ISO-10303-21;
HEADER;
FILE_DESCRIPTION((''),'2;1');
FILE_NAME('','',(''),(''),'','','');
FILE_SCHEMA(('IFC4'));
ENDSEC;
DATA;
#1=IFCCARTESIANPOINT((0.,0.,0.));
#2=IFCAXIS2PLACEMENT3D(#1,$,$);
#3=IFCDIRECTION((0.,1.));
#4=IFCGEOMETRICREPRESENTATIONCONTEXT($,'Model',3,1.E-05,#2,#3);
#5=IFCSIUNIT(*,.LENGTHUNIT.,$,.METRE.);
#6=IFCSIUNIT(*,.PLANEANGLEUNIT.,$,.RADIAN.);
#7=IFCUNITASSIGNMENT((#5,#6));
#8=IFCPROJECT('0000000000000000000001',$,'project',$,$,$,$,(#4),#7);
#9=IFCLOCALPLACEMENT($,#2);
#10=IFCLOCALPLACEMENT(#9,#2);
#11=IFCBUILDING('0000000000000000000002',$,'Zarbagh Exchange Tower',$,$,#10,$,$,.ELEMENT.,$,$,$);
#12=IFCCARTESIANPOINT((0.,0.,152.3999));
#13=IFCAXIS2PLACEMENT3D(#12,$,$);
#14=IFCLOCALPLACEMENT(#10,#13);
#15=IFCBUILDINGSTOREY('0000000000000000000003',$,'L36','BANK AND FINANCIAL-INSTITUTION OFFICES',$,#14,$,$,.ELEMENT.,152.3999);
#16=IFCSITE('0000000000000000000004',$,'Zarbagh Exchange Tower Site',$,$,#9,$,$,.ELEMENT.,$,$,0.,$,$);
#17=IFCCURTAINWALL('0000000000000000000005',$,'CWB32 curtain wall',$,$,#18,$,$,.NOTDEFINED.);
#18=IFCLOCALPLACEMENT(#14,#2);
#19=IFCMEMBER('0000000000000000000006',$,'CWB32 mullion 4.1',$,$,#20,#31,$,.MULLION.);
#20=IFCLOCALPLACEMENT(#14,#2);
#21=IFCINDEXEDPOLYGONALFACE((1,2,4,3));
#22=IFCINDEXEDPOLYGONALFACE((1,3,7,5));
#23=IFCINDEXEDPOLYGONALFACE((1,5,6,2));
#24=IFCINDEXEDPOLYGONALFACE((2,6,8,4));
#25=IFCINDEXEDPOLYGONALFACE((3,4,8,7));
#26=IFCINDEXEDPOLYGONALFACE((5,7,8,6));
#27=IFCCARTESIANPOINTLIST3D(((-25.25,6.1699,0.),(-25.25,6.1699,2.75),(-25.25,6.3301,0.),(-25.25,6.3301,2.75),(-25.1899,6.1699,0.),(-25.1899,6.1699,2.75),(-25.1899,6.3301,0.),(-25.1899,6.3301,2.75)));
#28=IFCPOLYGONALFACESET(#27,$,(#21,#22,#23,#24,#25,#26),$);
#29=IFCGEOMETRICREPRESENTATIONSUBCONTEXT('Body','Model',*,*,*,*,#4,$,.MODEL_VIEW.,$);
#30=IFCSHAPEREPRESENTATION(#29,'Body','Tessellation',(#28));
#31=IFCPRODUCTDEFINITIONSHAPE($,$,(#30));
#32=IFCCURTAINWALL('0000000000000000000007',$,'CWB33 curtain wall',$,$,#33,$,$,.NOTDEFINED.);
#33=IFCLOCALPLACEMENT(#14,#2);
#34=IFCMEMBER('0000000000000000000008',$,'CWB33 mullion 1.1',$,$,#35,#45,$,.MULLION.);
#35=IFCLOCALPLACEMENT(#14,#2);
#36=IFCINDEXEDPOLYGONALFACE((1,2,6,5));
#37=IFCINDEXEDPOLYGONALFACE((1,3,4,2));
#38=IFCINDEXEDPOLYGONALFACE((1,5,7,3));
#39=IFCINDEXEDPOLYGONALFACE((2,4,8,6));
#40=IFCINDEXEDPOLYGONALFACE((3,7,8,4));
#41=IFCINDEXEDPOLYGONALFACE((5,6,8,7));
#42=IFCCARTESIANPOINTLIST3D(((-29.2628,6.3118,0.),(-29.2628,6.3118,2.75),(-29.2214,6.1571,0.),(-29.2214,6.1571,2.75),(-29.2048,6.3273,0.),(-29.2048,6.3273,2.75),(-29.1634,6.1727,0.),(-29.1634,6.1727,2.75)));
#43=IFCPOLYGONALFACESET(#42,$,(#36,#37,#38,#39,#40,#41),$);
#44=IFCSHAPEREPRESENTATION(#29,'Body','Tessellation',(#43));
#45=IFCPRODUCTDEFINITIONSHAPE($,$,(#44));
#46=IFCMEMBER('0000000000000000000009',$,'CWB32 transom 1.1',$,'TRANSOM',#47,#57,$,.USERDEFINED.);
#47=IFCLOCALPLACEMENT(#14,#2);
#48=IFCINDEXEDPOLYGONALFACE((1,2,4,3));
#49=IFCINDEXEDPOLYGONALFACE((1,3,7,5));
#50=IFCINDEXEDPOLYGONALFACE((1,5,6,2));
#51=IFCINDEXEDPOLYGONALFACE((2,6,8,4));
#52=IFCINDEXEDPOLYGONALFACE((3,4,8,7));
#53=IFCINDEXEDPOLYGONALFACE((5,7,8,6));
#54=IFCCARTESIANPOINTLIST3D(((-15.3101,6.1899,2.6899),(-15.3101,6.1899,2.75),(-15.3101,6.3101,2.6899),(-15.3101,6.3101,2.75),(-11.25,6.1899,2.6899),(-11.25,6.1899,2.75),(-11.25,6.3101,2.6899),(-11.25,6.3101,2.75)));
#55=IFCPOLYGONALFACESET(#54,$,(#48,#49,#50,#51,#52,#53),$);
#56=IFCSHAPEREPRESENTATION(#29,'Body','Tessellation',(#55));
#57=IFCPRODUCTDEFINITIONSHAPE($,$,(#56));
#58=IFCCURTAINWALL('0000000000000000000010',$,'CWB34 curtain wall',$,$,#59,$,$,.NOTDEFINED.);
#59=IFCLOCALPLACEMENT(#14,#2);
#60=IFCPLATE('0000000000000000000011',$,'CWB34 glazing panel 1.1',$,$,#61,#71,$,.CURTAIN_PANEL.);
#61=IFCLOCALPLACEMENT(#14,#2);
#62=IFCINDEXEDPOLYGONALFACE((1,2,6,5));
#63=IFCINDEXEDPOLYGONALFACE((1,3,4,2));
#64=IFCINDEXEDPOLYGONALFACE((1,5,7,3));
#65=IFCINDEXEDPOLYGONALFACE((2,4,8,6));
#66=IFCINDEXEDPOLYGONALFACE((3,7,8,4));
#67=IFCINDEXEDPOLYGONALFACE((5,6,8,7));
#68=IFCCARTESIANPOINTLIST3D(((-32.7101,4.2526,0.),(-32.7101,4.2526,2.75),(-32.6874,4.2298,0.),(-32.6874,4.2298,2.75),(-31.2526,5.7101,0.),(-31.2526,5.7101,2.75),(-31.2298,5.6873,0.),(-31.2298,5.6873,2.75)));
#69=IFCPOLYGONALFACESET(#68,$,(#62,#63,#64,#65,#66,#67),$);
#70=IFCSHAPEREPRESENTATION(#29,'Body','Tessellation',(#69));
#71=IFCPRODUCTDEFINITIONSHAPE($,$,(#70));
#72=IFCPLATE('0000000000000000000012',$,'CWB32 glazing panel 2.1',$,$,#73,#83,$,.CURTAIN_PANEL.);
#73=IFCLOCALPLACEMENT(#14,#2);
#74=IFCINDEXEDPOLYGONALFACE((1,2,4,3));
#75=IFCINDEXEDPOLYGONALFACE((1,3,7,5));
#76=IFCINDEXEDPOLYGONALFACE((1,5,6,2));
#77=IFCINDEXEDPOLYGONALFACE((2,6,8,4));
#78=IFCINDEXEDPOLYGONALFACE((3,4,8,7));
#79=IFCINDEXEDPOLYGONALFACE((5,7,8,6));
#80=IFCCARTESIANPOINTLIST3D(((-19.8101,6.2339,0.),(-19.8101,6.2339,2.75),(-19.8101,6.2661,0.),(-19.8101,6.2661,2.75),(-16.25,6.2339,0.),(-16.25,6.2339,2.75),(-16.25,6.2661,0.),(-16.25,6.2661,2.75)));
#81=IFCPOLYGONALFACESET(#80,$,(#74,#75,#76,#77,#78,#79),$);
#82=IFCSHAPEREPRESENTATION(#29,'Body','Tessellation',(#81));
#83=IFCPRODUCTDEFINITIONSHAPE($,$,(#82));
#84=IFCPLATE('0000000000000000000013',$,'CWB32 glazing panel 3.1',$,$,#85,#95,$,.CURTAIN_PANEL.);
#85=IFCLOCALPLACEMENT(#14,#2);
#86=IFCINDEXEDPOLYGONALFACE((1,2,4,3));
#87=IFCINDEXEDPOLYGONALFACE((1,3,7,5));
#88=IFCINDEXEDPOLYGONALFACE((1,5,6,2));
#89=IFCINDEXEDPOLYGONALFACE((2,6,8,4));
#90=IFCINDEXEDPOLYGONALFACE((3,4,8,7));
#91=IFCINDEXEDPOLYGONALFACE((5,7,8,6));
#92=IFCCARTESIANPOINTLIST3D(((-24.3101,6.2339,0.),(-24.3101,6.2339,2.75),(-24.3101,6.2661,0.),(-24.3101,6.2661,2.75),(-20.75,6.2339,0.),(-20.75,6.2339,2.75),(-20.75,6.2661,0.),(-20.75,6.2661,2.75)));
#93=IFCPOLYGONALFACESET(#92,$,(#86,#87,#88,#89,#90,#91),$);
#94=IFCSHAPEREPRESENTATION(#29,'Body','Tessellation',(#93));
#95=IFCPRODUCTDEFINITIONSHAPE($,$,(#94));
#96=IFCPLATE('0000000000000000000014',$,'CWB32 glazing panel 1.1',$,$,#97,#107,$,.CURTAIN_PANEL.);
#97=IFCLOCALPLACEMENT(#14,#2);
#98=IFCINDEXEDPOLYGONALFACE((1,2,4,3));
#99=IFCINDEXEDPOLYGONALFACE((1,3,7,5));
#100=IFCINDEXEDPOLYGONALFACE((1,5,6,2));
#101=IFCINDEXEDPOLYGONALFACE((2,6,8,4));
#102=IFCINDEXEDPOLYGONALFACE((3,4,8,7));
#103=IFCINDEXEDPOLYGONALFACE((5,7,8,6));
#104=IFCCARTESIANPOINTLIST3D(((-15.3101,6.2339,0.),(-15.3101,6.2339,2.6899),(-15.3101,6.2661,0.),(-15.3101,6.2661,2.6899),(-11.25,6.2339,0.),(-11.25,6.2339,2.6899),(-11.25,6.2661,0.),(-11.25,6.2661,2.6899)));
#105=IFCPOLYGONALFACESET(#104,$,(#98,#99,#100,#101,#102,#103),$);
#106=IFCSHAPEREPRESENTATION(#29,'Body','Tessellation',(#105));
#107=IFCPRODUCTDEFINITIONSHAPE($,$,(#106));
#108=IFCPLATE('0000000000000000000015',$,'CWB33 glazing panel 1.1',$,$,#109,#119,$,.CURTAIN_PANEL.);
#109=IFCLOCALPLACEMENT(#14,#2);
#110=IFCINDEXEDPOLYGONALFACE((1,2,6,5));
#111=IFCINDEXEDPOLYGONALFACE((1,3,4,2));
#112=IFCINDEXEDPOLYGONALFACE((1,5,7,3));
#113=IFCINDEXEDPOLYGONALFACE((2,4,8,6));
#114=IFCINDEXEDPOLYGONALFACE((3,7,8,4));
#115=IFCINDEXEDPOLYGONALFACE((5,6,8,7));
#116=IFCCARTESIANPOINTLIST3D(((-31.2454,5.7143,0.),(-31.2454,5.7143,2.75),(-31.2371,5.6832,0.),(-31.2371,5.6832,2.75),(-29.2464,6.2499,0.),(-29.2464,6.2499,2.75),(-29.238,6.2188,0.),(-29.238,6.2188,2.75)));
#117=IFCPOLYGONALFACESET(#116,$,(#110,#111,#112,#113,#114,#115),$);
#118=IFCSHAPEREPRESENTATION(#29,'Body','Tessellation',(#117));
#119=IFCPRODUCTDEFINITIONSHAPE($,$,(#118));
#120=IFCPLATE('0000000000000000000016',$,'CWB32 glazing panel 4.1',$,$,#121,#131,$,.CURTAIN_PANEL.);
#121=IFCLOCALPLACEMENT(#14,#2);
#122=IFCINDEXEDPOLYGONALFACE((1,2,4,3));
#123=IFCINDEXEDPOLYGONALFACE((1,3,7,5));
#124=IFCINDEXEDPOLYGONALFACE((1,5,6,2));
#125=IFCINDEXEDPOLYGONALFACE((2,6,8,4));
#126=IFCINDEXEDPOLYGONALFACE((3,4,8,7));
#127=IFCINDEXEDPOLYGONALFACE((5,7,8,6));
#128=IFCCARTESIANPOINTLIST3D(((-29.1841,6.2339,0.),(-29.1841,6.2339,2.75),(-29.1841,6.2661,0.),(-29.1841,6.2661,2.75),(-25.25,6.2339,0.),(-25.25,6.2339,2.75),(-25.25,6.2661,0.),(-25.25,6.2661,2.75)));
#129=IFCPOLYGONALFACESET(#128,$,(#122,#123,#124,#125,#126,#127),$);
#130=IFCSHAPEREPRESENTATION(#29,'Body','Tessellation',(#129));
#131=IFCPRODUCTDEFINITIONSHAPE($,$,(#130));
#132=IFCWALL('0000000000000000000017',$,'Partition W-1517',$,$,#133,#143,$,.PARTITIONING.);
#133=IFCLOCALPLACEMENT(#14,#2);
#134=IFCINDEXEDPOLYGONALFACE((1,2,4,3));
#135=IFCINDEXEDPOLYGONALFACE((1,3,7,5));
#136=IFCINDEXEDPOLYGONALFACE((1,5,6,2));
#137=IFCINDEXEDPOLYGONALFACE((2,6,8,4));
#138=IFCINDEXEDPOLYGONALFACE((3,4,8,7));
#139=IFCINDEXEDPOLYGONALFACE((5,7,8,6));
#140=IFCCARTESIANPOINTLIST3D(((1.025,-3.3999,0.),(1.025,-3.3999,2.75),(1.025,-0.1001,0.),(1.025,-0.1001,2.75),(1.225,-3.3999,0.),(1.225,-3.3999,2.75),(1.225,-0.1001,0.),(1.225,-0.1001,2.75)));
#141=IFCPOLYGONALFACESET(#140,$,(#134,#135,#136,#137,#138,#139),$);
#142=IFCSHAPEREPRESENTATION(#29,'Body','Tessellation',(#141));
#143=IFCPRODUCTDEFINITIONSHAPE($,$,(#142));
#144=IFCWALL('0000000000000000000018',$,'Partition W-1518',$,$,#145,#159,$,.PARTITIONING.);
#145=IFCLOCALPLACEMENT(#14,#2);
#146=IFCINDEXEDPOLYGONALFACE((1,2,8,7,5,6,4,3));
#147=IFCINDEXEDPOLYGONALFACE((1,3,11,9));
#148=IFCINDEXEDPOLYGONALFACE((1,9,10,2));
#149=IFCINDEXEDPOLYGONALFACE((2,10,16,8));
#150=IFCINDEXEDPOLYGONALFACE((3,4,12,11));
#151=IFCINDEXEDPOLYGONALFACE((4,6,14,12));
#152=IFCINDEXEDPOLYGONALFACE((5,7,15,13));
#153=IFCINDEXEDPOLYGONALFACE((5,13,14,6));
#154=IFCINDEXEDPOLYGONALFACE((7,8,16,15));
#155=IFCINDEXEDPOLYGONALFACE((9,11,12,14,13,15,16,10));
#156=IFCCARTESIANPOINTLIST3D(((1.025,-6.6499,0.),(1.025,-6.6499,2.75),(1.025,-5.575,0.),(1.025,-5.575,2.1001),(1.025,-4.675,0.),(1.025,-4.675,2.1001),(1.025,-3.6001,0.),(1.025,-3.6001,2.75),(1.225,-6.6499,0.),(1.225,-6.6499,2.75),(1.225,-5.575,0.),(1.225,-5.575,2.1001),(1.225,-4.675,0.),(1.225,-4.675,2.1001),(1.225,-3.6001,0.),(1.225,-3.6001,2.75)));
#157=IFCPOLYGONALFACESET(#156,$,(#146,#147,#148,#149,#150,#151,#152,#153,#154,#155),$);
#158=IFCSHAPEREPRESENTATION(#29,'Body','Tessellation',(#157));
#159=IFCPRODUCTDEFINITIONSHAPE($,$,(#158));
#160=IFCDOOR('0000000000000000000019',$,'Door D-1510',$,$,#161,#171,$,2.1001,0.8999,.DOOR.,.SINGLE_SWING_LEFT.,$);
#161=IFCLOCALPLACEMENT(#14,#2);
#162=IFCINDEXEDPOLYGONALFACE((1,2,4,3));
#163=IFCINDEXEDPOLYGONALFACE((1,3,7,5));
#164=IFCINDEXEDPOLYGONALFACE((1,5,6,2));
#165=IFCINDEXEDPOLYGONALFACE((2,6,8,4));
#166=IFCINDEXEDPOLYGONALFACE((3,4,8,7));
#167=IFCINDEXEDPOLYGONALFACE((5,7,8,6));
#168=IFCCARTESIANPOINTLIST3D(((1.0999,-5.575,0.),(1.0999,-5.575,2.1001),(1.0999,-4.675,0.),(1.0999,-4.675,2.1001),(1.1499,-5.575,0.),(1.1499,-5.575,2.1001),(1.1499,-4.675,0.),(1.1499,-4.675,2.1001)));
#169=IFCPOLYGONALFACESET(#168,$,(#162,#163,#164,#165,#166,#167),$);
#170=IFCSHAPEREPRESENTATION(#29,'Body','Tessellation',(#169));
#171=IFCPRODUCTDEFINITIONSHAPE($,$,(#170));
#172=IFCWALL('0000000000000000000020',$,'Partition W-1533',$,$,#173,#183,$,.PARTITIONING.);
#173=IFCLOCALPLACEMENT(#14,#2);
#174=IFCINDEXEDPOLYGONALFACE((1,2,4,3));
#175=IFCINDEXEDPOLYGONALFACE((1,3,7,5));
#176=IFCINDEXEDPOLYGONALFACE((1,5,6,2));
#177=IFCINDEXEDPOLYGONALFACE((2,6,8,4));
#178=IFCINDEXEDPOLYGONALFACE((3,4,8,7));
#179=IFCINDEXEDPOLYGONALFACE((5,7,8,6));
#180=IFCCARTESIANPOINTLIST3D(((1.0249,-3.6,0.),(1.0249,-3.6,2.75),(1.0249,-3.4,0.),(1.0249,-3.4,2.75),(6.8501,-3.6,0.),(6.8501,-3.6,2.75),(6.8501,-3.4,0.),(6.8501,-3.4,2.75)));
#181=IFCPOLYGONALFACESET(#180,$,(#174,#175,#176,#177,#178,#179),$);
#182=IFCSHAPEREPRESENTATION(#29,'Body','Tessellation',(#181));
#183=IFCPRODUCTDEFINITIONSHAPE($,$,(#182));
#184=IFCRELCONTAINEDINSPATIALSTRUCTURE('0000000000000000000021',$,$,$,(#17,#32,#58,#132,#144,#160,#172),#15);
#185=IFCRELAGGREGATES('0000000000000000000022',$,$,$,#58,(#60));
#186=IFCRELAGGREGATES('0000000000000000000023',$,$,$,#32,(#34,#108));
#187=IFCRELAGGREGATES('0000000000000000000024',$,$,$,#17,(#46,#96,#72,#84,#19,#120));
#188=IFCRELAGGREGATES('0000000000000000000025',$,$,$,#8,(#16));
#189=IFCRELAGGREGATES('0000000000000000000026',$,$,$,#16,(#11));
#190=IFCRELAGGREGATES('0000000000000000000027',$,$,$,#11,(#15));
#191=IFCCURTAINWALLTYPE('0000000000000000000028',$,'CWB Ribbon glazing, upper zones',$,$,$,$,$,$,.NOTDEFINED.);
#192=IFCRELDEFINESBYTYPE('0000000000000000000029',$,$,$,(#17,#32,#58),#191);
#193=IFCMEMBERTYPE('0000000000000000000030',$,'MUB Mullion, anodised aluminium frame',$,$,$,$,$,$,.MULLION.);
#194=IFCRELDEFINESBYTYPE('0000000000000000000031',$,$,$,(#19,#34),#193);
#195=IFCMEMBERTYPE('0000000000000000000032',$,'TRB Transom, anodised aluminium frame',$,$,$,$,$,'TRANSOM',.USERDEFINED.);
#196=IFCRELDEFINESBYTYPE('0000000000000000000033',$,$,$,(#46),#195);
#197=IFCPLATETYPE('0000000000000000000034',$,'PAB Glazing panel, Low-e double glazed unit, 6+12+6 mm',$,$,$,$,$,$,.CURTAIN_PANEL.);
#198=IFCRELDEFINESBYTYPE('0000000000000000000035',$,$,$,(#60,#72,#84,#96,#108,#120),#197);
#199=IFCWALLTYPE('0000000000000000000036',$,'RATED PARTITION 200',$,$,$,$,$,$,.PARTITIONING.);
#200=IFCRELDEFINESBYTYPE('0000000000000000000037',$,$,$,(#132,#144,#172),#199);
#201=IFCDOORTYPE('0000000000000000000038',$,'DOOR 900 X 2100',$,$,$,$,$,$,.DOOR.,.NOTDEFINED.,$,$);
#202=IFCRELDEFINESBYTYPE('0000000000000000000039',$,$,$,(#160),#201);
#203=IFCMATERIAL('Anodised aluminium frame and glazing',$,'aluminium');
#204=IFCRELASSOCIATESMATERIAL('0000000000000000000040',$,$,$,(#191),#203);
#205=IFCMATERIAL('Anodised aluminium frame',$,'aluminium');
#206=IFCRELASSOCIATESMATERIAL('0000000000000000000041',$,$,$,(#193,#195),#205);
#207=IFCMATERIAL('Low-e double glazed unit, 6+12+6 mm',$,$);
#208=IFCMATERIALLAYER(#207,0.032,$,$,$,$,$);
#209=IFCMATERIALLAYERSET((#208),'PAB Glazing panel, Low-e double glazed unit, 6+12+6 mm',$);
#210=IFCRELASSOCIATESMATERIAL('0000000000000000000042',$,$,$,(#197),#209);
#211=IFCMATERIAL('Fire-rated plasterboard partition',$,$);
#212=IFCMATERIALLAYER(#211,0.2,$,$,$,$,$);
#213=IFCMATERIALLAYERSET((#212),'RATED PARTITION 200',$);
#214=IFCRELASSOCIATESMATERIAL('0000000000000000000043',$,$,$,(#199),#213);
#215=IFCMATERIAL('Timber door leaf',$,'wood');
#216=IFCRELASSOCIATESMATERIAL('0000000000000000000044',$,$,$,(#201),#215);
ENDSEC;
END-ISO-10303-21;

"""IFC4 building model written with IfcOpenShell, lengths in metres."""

from ifc_helpers import new_model, si_unit, direction, frame, frame_2d, origin, place, context, subcontext, project, spatial, polyline, rectangle, outline, extrude, source, transform, mapped, material, layer, layer_set, type_object, element, fill, aggregate, save


model = new_model("IFC4")

# Units and contexts
model_context = context("Model", 3, precision=1e-05, world=origin(), true_north=direction((0.0, 1.0)))
body_context = subcontext(model_context, "Body", "Model", "MODEL_VIEW")
ifc_project = project(units=[si_unit("LENGTHUNIT", "METRE"), si_unit("PLANEANGLEUNIT", "RADIAN")], contexts=[model_context])

# Site, building, storey
site_placement = place(None, origin())
site = spatial("IfcSite", under=ifc_project, at=site_placement, Name="Zarbagh Exchange Tower Site", CompositionType="ELEMENT", RefElevation=0.0)
building_placement = place(site_placement, origin())
building = spatial("IfcBuilding", under=site, at=building_placement, Name="Zarbagh Exchange Tower", CompositionType="ELEMENT")
storey_placement = place(building_placement, frame((0.0, 0.0, 152.3999)))
storey = spatial("IfcBuildingStorey", under=building, at=storey_placement, Name="L36", Description="BANK AND FINANCIAL-INSTITUTION OFFICES", CompositionType="ELEMENT", Elevation=152.3999)

# Curtain wall, member
ifc_material_1 = material(Name="Anodised aluminium frame and glazing", Category="aluminium")
curtain_wall_type = type_object("IfcCurtainWallType", Name="CWB Ribbon glazing, upper zones", PredefinedType="NOTDEFINED", material=ifc_material_1)
curtain_wall_1_placement = place(storey_placement, origin())
curtain_wall_1 = element("IfcCurtainWall", 1, at=curtain_wall_1_placement, inside=storey, type_object=curtain_wall_type, Name="CWB32 curtain wall", PredefinedType="NOTDEFINED")
ifc_material_2 = material(Name="Anodised aluminium frame", Category="aluminium")
member_type_1 = type_object("IfcMemberType", Name="MUB Mullion, anodised aluminium frame", PredefinedType="MULLION", material=ifc_material_2)
shared_shape_1 = source(origin(), body_context, "Body", "SweptSolid", [
    extrude(outline(polyline([(0.0, -0.0801), (0.0601, -0.0801), (0.0601, 0.0801), (0.0, 0.0801), (0.0, -0.0801)])), origin(), (0.0, 0.0, 1.0), 2.75),
])
placement = place(storey_placement, origin())
member_1 = element("IfcMember", 2, at=placement, type_object=member_type_1, Name="CWB32 mullion 4.1", PredefinedType="MULLION", context=body_context, shape_type="MappedRepresentation", body=[
    mapped(shared_shape_1, transform((-25.1899, 6.25, 0.0), x_axis=(-1.0, 0.0, 0.0), y_axis=(0.0, -1.0, 0.0), z_axis=(0.0, 0.0, 1.0))),
])

# Curtain wall, member
curtain_wall_2_placement = place(storey_placement, origin())
curtain_wall_2 = element("IfcCurtainWall", 3, at=curtain_wall_2_placement, inside=storey, type_object=curtain_wall_type, Name="CWB33 curtain wall", PredefinedType="NOTDEFINED")
member_2 = element("IfcMember", 4, at=placement, type_object=member_type_1, Name="CWB33 mullion 1.1", PredefinedType="MULLION", context=body_context, shape_type="MappedRepresentation", body=[
    mapped(shared_shape_1, transform((-29.1841, 6.25, 0.0), x_axis=(-0.965924, -0.258825, 0.0), y_axis=(0.258825, -0.965924, 0.0), z_axis=(0.0, 0.0, 1.0))),
])

# Member
member_type_2 = type_object("IfcMemberType", Name="TRB Transom, anodised aluminium frame", ElementType="TRANSOM", PredefinedType="USERDEFINED", material=ifc_material_2)
shared_shape_2 = source(origin(), body_context, "Body", "SweptSolid", [
    extrude(outline(polyline([(-0.0601, -0.0601), (0.0, -0.0601), (0.0, 0.0601), (-0.0601, 0.0601), (-0.0601, -0.0601)])), origin(), (0.0, 0.0, 1.0), 4.0601),
])
member_3 = element("IfcMember", 5, at=placement, type_object=member_type_2, Name="CWB32 transom 1.1", ObjectType="TRANSOM", PredefinedType="USERDEFINED", context=body_context, shape_type="MappedRepresentation", body=[
    mapped(shared_shape_2, transform((-11.25, 6.25, 2.75), x_axis=(0.0, 0.0, 1.0), y_axis=(0.0, 1.0, 0.0), z_axis=(-1.0, 0.0, 0.0))),
])

# Curtain wall, plate
curtain_wall_3_placement = place(storey_placement, origin())
curtain_wall_3 = element("IfcCurtainWall", 6, at=curtain_wall_3_placement, inside=storey, type_object=curtain_wall_type, Name="CWB34 curtain wall", PredefinedType="NOTDEFINED")
ifc_material_3 = material(Name="Low-e double glazed unit, 6+12+6 mm")
ifc_layer_1 = layer(ifc_material_3, 0.032)
ifc_layer_set_1 = layer_set([ifc_layer_1], Name="PAB Glazing panel, Low-e double glazed unit, 6+12+6 mm")
plate_type = type_object("IfcPlateType", Name="PAB Glazing panel, Low-e double glazed unit, 6+12+6 mm", PredefinedType="CURTAIN_PANEL", material=ifc_layer_set_1)
shared_shape_3 = source(origin(), body_context, "Body", "SweptSolid", [
    extrude(outline(polyline([(0.0, -0.0161), (2.0613, -0.0161), (2.0613, 0.0161), (0.0, 0.0161), (0.0, -0.0161)])), origin(), (0.0, 0.0, 1.0), 2.75),
])
plate_1 = element("IfcPlate", 7, at=placement, type_object=plate_type, Name="CWB34 glazing panel 1.1", PredefinedType="CURTAIN_PANEL", context=body_context, shape_type="MappedRepresentation", body=[
    mapped(shared_shape_3, transform((-31.2412, 5.6987, 0.0), x_axis=(-0.707107, -0.707107, 0.0), y_axis=(0.707107, -0.707107, 0.0), z_axis=(0.0, 0.0, 1.0))),
])
aggregate(curtain_wall_3, [plate_1])

# Plates
shared_shape_4 = source(origin(), body_context, "Body", "SweptSolid", [
    extrude(outline(polyline([(0.0, -0.0161), (3.5601, -0.0161), (3.5601, 0.0161), (0.0, 0.0161), (0.0, -0.0161)])), origin(), (0.0, 0.0, 1.0), 2.75),
])
plate_2 = element("IfcPlate", 8, at=placement, type_object=plate_type, Name="CWB32 glazing panel 2.1", PredefinedType="CURTAIN_PANEL", context=body_context, shape_type="MappedRepresentation", body=[
    mapped(shared_shape_4, transform((-16.25, 6.25, 0.0), x_axis=(-1.0, 0.0, 0.0), y_axis=(0.0, -1.0, 0.0), z_axis=(0.0, 0.0, 1.0))),
])
plate_3 = element("IfcPlate", 9, at=placement, type_object=plate_type, Name="CWB32 glazing panel 3.1", PredefinedType="CURTAIN_PANEL", context=body_context, shape_type="MappedRepresentation", body=[
    mapped(shared_shape_4, transform((-20.75, 6.25, 0.0), x_axis=(-1.0, 0.0, 0.0), y_axis=(0.0, -1.0, 0.0), z_axis=(0.0, 0.0, 1.0))),
])
shared_shape_5 = source(origin(), body_context, "Body", "SweptSolid", [
    extrude(outline(polyline([(0.0, -0.0161), (4.0601, -0.0161), (4.0601, 0.0161), (0.0, 0.0161), (0.0, -0.0161)])), origin(), (0.0, 0.0, 1.0), 2.6899),
])
plate_4 = element("IfcPlate", 10, at=placement, type_object=plate_type, Name="CWB32 glazing panel 1.1", PredefinedType="CURTAIN_PANEL", context=body_context, shape_type="MappedRepresentation", body=[
    mapped(shared_shape_5, transform((-11.25, 6.25, 0.0), x_axis=(-1.0, 0.0, 0.0), y_axis=(0.0, -1.0, 0.0), z_axis=(0.0, 0.0, 1.0))),
])
shared_shape_6 = source(origin(), body_context, "Body", "SweptSolid", [
    extrude(outline(polyline([(0.0, -0.0161), (2.0696, -0.0161), (2.0696, 0.0161), (0.0, 0.0161), (0.0, -0.0161)])), origin(), (0.0, 0.0, 1.0), 2.75),
])
plate_5 = element("IfcPlate", 11, at=placement, type_object=plate_type, Name="CWB33 glazing panel 1.1", PredefinedType="CURTAIN_PANEL", context=body_context, shape_type="MappedRepresentation", body=[
    mapped(shared_shape_6, transform((-29.2422, 6.2344, 0.0), x_axis=(-0.965924, -0.258825, 0.0), y_axis=(0.258825, -0.965924, 0.0), z_axis=(0.0, 0.0, 1.0))),
])
aggregate(curtain_wall_2, [member_2, plate_5])
shared_shape_7 = source(origin(), body_context, "Body", "SweptSolid", [
    extrude(outline(polyline([(0.0, -0.0161), (3.9341, -0.0161), (3.9341, 0.0161), (0.0, 0.0161), (0.0, -0.0161)])), origin(), (0.0, 0.0, 1.0), 2.75),
])
plate_6 = element("IfcPlate", 12, at=placement, type_object=plate_type, Name="CWB32 glazing panel 4.1", PredefinedType="CURTAIN_PANEL", context=body_context, shape_type="MappedRepresentation", body=[
    mapped(shared_shape_7, transform((-25.25, 6.25, 0.0), x_axis=(-1.0, 0.0, 0.0), y_axis=(0.0, -1.0, 0.0), z_axis=(0.0, 0.0, 1.0))),
])
aggregate(curtain_wall_1, [member_3, plate_4, plate_2, plate_3, member_1, plate_6])

# Wall
ifc_material_4 = material(Name="Fire-rated plasterboard partition")
ifc_layer_2 = layer(ifc_material_4, 0.2)
ifc_layer_set_2 = layer_set([ifc_layer_2], Name="RATED PARTITION 200")
wall_type = type_object("IfcWallType", Name="RATED PARTITION 200", PredefinedType="PARTITIONING", material=ifc_layer_set_2)
wall_1_placement = place(storey_placement, frame((1.125, -3.3999, 0.0), z_axis=(0.0, 0.0, 1.0), x_axis=(0.0, 1.0, 0.0)))
element("IfcWall", 13, at=wall_1_placement, inside=storey, type_object=wall_type, Name="Partition W-1517", PredefinedType="PARTITIONING", context=body_context, shape_type="SweptSolid", body=[
    extrude(rectangle(XDim=3.2998, YDim=0.2, at=frame_2d((1.6499, 0.0))), origin(), (0.0, 0.0, 1.0), 2.75),
])

# Wall, opening, door
wall_2_placement = place(storey_placement, frame((1.125, -3.6001, 0.0), z_axis=(0.0, 0.0, 1.0), x_axis=(0.0, -1.0, 0.0)))
wall_2 = element("IfcWall", 14, at=wall_2_placement, inside=storey, type_object=wall_type, Name="Partition W-1518", PredefinedType="PARTITIONING", context=body_context, shape_type="SweptSolid", body=[
    extrude(rectangle(XDim=3.0498, YDim=0.2, at=frame_2d((1.5249, 0.0))), origin(), (0.0, 0.0, 1.0), 2.75),
])
opening_placement = place(wall_2_placement, frame((1.075, 0.0, 0.0)))
opening = element("IfcOpeningElement", 15, at=opening_placement, cuts=wall_2, PredefinedType="OPENING", context=body_context, shape_type="SweptSolid", body=[
    extrude(rectangle(XDim=0.8999, YDim=2.1001, at=frame_2d((0.45, 1.05))), frame((0.0, 0.1099, 0.0), z_axis=(0.0, -1.0, 0.0), x_axis=(1.0, 0.0, 0.0)), (0.0, 0.0, 1.0), 0.22),
])
ifc_material_5 = material(Name="Timber door leaf", Category="wood")
door_type = type_object("IfcDoorType", Name="DOOR 900 X 2100", OperationType="NOTDEFINED", PredefinedType="DOOR", material=ifc_material_5)
door_placement = place(opening_placement, origin())
door = element("IfcDoor", 16, at=door_placement, inside=storey, type_object=door_type, Name="Door D-1510", OperationType="SINGLE_SWING_LEFT", OverallHeight=2.1001, OverallWidth=0.8999, PredefinedType="DOOR", context=body_context, shape_type="SweptSolid", body=[
    extrude(rectangle(XDim=0.8999, YDim=2.1001, at=frame_2d((0.45, 1.05))), frame((0.0, 0.0249, 0.0), z_axis=(0.0, -1.0, 0.0), x_axis=(1.0, 0.0, 0.0)), (0.0, 0.0, 1.0), 0.05),
])
fill(opening, door)

# Wall
wall_3_placement = place(storey_placement, frame((1.0249, -3.5, 0.0), z_axis=(0.0, 0.0, 1.0), x_axis=(1.0, 0.0, 0.0)))
element("IfcWall", 17, at=wall_3_placement, inside=storey, type_object=wall_type, Name="Partition W-1533", PredefinedType="PARTITIONING", context=body_context, shape_type="SweptSolid", body=[
    extrude(rectangle(XDim=5.8252, YDim=0.2, at=frame_2d((2.9126, 0.0))), origin(), (0.0, 0.0, 1.0), 2.75),
])

save(model, "model.ifc")
